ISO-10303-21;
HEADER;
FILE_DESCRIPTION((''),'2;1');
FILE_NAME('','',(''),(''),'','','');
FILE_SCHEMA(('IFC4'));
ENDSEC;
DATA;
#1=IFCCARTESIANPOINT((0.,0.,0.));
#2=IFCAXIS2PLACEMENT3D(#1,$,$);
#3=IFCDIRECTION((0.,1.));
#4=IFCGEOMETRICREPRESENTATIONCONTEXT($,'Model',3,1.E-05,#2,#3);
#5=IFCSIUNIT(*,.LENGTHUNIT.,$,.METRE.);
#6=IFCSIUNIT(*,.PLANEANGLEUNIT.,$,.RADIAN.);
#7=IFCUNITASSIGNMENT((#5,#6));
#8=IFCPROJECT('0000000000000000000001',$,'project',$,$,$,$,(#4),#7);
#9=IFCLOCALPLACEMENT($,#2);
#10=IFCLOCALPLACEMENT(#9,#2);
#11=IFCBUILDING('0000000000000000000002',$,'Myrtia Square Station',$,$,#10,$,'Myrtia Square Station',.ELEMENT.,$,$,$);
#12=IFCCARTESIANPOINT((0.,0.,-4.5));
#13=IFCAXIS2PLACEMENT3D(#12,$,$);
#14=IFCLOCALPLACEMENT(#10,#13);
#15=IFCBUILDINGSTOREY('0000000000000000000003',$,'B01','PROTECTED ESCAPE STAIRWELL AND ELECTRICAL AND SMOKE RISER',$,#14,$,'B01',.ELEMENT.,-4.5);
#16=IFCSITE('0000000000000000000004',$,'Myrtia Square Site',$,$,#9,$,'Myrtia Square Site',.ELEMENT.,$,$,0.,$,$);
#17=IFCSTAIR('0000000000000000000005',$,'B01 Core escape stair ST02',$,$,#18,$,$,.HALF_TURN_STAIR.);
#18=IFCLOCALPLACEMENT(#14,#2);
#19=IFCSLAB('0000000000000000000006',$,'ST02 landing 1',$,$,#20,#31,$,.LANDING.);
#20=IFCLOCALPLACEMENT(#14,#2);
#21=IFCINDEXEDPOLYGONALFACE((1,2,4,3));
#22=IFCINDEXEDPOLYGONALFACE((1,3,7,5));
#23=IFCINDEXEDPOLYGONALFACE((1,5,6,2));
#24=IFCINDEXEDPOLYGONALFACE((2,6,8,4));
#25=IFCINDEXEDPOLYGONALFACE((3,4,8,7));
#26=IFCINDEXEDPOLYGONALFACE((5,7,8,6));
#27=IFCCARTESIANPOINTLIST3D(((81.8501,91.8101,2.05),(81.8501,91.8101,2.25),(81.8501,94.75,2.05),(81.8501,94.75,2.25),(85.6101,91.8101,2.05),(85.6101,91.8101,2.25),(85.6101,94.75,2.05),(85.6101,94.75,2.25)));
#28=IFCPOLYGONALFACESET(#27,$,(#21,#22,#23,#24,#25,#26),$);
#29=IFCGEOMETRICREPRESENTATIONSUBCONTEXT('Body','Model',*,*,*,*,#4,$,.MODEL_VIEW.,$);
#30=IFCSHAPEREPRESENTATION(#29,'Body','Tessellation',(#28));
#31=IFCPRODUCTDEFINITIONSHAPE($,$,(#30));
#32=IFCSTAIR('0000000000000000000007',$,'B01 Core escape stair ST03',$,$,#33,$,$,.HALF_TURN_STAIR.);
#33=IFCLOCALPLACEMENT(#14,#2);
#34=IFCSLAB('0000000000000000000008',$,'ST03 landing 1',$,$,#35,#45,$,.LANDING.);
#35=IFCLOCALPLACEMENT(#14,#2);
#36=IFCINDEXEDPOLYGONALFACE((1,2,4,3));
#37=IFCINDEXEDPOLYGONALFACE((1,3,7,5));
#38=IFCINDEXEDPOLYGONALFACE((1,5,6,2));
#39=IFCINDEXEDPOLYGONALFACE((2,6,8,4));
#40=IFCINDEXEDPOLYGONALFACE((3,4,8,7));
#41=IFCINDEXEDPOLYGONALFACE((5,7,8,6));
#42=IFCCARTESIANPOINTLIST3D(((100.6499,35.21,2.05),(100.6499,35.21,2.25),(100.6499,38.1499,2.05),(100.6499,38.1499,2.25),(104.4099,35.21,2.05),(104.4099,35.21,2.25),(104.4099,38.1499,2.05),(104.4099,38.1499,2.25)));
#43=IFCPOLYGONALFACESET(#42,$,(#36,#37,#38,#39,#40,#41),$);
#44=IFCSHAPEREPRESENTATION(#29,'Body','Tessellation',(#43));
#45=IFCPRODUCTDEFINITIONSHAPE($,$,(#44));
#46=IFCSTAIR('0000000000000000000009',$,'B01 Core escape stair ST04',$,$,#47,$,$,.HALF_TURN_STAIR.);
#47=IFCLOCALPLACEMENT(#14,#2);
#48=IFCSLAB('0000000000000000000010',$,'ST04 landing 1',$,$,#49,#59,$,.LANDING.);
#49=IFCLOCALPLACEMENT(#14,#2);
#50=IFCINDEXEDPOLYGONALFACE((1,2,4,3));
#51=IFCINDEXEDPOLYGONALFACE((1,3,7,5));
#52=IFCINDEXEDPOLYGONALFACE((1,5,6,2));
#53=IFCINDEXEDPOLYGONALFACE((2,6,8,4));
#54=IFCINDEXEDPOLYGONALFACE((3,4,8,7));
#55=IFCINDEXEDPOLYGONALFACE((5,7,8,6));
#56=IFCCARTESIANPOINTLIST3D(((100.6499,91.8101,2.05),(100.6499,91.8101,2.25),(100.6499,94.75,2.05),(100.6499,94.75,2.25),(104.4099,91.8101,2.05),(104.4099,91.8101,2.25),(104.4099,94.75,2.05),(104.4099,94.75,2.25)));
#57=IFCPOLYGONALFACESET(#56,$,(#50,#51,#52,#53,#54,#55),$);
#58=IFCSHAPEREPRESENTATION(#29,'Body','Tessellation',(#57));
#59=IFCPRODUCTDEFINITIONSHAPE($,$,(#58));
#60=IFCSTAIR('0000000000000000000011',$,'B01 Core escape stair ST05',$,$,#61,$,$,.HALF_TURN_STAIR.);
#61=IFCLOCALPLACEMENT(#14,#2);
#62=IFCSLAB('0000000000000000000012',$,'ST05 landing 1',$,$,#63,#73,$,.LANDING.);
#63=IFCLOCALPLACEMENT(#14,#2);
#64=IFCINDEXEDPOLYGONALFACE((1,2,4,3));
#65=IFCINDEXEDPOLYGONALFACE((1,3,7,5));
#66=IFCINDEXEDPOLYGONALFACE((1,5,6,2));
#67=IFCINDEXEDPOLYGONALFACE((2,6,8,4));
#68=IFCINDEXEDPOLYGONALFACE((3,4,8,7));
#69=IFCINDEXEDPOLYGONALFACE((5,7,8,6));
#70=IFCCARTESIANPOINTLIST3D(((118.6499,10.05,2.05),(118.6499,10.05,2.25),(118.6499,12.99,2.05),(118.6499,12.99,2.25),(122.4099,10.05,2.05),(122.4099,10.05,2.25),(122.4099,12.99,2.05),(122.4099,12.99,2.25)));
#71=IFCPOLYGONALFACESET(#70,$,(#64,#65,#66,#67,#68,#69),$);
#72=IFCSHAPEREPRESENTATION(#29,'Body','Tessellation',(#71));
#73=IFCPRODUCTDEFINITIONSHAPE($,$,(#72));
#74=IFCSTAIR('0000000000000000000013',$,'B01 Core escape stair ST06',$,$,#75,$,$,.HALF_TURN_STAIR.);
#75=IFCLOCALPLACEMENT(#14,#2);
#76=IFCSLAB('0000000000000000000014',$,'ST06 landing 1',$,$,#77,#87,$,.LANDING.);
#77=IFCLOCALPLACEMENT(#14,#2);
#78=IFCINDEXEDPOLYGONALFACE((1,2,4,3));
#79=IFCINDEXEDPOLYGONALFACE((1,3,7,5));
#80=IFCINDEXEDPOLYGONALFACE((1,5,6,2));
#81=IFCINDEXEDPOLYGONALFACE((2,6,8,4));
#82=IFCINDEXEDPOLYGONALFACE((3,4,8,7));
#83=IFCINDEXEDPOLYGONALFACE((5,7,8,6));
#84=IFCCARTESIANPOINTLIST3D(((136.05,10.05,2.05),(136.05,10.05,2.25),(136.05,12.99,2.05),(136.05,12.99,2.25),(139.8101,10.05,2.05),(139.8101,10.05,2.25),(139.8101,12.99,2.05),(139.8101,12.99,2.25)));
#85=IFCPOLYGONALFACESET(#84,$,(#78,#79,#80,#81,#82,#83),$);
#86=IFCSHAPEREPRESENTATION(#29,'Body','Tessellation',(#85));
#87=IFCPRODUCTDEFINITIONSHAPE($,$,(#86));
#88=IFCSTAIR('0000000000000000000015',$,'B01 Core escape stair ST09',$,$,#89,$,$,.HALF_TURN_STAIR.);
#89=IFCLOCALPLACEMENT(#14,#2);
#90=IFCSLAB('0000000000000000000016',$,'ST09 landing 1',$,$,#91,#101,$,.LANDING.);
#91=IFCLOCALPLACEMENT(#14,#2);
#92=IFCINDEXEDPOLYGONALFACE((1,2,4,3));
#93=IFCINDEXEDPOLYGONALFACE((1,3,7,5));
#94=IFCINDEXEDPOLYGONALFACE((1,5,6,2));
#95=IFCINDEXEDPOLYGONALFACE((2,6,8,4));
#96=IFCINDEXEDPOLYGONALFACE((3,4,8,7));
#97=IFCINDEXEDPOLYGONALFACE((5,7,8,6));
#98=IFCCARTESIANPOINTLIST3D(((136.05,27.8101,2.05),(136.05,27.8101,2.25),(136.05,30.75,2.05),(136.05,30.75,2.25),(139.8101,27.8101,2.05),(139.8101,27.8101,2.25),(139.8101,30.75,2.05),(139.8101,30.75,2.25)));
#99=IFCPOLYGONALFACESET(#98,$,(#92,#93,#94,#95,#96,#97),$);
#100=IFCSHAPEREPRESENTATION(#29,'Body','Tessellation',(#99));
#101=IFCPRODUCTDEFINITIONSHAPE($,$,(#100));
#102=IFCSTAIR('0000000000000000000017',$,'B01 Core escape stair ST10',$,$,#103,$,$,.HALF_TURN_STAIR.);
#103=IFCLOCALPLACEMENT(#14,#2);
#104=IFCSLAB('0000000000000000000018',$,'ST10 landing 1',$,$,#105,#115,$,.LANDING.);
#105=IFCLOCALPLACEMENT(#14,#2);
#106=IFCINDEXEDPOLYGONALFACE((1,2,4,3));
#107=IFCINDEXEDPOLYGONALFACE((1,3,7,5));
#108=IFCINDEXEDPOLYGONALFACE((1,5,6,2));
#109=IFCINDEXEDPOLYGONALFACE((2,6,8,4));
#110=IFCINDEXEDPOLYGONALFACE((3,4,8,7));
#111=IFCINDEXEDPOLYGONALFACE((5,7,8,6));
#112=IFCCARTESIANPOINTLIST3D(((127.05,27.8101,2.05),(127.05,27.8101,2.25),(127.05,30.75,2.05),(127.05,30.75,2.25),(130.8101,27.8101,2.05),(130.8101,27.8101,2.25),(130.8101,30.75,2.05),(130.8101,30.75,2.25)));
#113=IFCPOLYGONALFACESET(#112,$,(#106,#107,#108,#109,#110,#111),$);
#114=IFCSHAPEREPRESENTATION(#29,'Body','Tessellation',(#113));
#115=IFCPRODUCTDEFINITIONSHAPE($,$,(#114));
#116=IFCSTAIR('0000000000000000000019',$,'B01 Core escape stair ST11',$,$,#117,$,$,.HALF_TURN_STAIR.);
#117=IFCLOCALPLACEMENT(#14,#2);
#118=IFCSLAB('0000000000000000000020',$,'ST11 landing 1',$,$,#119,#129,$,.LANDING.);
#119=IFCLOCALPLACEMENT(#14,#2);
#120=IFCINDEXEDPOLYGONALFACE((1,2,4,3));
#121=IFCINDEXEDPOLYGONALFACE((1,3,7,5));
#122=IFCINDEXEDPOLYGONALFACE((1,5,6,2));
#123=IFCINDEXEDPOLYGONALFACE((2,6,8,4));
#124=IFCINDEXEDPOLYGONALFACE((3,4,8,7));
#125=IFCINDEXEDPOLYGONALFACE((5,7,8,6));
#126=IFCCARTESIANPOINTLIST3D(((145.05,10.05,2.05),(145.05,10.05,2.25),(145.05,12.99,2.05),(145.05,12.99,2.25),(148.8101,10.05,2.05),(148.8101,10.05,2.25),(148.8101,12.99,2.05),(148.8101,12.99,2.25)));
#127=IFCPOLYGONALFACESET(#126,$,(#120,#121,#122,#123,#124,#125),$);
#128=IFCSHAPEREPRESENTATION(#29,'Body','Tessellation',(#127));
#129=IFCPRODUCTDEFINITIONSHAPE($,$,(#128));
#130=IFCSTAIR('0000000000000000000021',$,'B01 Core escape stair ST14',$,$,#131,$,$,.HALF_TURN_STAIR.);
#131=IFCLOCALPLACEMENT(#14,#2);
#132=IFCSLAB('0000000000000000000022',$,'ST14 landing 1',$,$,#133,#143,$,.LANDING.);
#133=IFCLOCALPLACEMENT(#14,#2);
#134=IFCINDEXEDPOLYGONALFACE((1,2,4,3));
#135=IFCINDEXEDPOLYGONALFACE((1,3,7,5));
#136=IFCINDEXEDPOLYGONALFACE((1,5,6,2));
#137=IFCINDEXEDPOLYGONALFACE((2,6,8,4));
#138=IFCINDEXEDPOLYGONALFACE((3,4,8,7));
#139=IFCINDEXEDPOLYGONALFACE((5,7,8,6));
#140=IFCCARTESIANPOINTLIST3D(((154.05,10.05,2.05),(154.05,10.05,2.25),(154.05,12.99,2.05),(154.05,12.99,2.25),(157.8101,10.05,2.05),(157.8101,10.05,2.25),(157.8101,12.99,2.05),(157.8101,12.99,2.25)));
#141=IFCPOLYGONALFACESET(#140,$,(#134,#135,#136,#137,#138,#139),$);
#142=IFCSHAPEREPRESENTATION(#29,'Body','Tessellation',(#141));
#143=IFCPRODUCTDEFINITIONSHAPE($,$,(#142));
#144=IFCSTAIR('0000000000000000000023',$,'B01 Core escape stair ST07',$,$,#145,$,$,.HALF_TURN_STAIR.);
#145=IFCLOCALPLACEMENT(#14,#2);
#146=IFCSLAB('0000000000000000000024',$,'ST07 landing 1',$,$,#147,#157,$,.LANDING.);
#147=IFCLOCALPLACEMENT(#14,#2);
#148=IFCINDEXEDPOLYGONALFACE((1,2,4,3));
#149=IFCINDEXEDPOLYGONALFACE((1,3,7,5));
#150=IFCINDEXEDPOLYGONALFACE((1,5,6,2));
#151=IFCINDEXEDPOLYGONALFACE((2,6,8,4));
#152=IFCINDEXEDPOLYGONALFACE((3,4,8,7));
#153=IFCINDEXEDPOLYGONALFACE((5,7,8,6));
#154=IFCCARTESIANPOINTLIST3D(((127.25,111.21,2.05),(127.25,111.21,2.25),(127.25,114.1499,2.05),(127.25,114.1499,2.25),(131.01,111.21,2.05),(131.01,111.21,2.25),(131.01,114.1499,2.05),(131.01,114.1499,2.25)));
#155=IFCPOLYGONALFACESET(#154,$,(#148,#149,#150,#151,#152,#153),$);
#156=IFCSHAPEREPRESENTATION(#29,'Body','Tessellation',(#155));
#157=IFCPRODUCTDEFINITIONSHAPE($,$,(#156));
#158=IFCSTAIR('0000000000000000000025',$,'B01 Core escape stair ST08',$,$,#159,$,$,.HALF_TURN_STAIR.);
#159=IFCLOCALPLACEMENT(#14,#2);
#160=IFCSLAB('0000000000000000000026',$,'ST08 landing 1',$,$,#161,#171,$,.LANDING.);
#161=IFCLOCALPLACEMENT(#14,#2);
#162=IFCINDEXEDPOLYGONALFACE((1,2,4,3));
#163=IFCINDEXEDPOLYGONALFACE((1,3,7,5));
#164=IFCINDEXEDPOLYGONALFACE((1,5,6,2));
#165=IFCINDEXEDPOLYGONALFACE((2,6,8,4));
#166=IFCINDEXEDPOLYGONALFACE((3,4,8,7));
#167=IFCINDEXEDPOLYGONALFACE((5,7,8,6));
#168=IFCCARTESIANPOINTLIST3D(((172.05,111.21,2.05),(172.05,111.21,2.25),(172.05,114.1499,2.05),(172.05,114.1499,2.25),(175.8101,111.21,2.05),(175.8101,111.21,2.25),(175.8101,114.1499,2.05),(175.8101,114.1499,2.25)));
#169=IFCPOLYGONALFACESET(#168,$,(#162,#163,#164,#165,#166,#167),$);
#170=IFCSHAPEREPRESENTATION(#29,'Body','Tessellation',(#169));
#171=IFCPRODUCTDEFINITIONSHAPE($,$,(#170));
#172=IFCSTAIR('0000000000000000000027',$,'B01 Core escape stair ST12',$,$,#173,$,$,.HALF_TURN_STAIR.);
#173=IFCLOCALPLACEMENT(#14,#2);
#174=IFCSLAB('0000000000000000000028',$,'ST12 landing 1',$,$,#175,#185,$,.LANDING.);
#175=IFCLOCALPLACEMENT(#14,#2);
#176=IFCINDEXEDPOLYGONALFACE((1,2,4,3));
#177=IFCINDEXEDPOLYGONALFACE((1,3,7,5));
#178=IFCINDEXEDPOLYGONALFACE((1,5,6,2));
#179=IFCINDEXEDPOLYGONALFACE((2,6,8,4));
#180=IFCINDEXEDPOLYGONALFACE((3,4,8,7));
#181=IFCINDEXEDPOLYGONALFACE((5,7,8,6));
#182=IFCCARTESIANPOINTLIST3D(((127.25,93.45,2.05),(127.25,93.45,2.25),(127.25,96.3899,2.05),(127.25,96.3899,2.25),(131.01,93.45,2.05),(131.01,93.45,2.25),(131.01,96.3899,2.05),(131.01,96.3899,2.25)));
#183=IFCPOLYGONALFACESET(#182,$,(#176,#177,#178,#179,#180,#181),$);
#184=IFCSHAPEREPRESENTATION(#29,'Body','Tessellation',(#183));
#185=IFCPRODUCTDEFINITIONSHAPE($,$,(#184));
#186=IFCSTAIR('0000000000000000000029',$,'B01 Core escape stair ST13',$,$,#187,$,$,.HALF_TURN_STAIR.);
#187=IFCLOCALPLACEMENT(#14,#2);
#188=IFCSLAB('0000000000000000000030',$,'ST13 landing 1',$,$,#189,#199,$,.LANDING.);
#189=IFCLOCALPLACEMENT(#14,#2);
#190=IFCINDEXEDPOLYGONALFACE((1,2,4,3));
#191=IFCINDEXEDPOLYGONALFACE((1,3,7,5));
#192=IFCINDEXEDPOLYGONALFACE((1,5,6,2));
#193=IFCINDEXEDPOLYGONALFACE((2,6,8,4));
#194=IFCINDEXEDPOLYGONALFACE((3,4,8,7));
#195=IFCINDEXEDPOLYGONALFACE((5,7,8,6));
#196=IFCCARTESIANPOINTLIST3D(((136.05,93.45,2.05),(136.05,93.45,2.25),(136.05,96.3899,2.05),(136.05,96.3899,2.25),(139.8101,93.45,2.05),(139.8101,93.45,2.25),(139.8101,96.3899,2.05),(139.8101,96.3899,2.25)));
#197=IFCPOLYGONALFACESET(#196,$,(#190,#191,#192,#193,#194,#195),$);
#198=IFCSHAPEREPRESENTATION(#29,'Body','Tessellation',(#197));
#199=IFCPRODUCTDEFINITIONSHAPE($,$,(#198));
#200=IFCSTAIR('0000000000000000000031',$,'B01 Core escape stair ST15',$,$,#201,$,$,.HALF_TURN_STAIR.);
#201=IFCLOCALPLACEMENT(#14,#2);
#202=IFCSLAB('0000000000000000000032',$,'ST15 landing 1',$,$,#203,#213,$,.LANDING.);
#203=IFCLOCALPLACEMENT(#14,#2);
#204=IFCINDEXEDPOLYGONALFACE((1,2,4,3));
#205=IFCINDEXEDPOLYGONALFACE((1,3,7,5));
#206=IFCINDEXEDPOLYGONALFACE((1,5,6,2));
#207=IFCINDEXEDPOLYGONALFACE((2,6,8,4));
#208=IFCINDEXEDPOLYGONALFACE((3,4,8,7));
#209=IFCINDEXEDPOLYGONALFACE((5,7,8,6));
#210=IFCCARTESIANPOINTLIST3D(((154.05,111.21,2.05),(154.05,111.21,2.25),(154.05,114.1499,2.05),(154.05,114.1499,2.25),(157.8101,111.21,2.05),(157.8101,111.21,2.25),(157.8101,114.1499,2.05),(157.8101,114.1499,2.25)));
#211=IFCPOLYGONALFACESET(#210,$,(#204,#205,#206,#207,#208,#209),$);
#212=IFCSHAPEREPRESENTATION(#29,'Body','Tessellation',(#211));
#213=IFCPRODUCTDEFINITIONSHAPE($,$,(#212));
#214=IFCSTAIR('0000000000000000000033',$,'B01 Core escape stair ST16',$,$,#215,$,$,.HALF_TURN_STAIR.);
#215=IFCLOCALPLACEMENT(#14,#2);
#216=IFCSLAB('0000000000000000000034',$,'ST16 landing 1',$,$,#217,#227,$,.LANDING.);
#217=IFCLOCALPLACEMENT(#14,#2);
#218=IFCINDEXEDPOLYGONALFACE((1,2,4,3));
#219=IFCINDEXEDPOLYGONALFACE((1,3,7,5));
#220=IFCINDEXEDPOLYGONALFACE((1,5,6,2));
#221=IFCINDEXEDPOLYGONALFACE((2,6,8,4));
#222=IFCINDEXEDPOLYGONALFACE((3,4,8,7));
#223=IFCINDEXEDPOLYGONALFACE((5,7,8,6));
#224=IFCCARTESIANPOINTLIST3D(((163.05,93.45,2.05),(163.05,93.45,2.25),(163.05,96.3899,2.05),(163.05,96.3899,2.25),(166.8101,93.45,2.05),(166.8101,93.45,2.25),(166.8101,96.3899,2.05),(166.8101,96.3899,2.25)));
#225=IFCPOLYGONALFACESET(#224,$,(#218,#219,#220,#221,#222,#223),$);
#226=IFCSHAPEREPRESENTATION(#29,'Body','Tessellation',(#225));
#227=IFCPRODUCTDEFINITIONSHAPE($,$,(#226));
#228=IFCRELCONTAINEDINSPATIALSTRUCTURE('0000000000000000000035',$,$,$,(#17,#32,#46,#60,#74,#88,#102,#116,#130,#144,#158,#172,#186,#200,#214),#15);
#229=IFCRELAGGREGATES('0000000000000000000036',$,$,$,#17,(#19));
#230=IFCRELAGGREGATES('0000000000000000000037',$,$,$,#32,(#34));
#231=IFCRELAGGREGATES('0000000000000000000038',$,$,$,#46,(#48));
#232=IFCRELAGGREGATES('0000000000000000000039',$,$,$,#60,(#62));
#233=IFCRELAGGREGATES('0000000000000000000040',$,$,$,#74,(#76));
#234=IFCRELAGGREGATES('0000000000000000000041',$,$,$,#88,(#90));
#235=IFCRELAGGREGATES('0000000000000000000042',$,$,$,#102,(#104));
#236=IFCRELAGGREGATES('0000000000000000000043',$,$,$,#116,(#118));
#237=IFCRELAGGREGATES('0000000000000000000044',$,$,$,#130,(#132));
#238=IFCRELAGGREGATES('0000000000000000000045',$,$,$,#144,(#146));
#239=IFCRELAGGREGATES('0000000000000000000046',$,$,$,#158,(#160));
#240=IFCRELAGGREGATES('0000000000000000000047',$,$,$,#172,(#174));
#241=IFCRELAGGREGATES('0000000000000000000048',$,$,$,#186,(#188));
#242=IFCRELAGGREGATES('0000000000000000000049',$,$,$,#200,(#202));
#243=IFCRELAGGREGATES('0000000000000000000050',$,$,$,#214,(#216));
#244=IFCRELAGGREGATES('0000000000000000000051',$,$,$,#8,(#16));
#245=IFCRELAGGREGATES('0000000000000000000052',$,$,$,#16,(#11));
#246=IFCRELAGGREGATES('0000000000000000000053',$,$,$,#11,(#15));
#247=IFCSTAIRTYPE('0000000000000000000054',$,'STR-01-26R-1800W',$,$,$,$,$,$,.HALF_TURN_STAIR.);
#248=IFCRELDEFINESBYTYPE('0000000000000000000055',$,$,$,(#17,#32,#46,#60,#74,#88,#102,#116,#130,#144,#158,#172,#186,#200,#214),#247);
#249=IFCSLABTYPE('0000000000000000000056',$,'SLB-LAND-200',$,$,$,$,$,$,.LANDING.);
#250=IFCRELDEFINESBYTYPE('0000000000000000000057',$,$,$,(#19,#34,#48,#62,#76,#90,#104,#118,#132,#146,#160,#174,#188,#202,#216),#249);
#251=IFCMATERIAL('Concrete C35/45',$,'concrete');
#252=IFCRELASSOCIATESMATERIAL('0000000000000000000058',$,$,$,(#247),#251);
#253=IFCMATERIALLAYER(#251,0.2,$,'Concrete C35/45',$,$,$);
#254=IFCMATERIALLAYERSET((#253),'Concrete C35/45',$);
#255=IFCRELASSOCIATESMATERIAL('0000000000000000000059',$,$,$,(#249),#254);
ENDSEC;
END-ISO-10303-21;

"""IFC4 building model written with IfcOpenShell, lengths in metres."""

from ifc_helpers import new_model, si_unit, direction, frame, origin, place, context, subcontext, project, spatial, polyline, outline, extrude, material, layer, layer_set, type_object, element, aggregate, save


model = new_model("IFC4")

# Units and contexts
model_context = context("Model", 3, precision=1e-05, world=origin(), true_north=direction((0.0, 1.0)))
body_context = subcontext(model_context, "Body", "Model", "MODEL_VIEW")
ifc_project = project(units=[si_unit("LENGTHUNIT", "METRE"), si_unit("PLANEANGLEUNIT", "RADIAN")], contexts=[model_context])

# Site, building, storey
site_placement = place(None, origin())
site = spatial("IfcSite", under=ifc_project, at=site_placement, Name="Myrtia Square Site", LongName="Myrtia Square Site", CompositionType="ELEMENT", RefElevation=0.0)
building_placement = place(site_placement, origin())
building = spatial("IfcBuilding", under=site, at=building_placement, Name="Myrtia Square Station", LongName="Myrtia Square Station", CompositionType="ELEMENT")
storey_placement = place(building_placement, frame((0.0, 0.0, -4.5)))
storey = spatial("IfcBuildingStorey", under=building, at=storey_placement, Name="B01", Description="PROTECTED ESCAPE STAIRWELL AND ELECTRICAL AND SMOKE RISER", LongName="B01", CompositionType="ELEMENT", Elevation=-4.5)

# Shared definitions
ifc_material_1 = material(Name="Concrete C35/45", Category="concrete")

# Stairs, slabs
stair_type = type_object("IfcStairType", Name="STR-01-26R-1800W", PredefinedType="HALF_TURN_STAIR", material=ifc_material_1)
ifc_layer_1 = layer(ifc_material_1, 0.2, Name="Concrete C35/45")
ifc_layer_set_1 = layer_set([ifc_layer_1], Name="Concrete C35/45")
slab_type_1 = type_object("IfcSlabType", Name="SLB-LAND-200", PredefinedType="LANDING", material=ifc_layer_set_1)
stair_1_placement = place(storey_placement, origin())
stair_1 = element("IfcStair", 1, at=stair_1_placement, inside=storey, type_object=stair_type, Name="B01 Core escape stair ST02", PredefinedType="HALF_TURN_STAIR")
slab_1_placement = place(storey_placement, frame((0.0, 0.0, 2.05)))
slab_1 = element("IfcSlab", 2, at=slab_1_placement, type_object=slab_type_1, Name="ST02 landing 1", PredefinedType="LANDING", context=body_context, shape_type="SweptSolid", body=[
    extrude(outline(polyline([(85.6101, 91.8101), (85.6101, 94.75), (81.8501, 94.75), (81.8501, 91.8101), (85.6101, 91.8101)])), origin(), (0.0, 0.0, 1.0), 0.2),
])
aggregate(stair_1, [slab_1])
stair_2_placement = place(storey_placement, origin())
stair_2 = element("IfcStair", 3, at=stair_2_placement, inside=storey, type_object=stair_type, Name="B01 Core escape stair ST03", PredefinedType="HALF_TURN_STAIR")
slab_2_placement = place(storey_placement, frame((0.0, 0.0, 2.05)))
slab_2 = element("IfcSlab", 4, at=slab_2_placement, type_object=slab_type_1, Name="ST03 landing 1", PredefinedType="LANDING", context=body_context, shape_type="SweptSolid", body=[
    extrude(outline(polyline([(104.4099, 35.21), (104.4099, 38.1499), (100.6499, 38.1499), (100.6499, 35.21), (104.4099, 35.21)])), origin(), (0.0, 0.0, 1.0), 0.2),
])
aggregate(stair_2, [slab_2])
stair_3_placement = place(storey_placement, origin())
stair_3 = element("IfcStair", 5, at=stair_3_placement, inside=storey, type_object=stair_type, Name="B01 Core escape stair ST04", PredefinedType="HALF_TURN_STAIR")
slab_3_placement = place(storey_placement, frame((0.0, 0.0, 2.05)))
slab_3 = element("IfcSlab", 6, at=slab_3_placement, type_object=slab_type_1, Name="ST04 landing 1", PredefinedType="LANDING", context=body_context, shape_type="SweptSolid", body=[
    extrude(outline(polyline([(104.4099, 91.8101), (104.4099, 94.75), (100.6499, 94.75), (100.6499, 91.8101), (104.4099, 91.8101)])), origin(), (0.0, 0.0, 1.0), 0.2),
])
aggregate(stair_3, [slab_3])
stair_4_placement = place(storey_placement, origin())
stair_4 = element("IfcStair", 7, at=stair_4_placement, inside=storey, type_object=stair_type, Name="B01 Core escape stair ST05", PredefinedType="HALF_TURN_STAIR")
slab_4_placement = place(storey_placement, frame((0.0, 0.0, 2.05)))
slab_4 = element("IfcSlab", 8, at=slab_4_placement, type_object=slab_type_1, Name="ST05 landing 1", PredefinedType="LANDING", context=body_context, shape_type="SweptSolid", body=[
    extrude(outline(polyline([(118.6499, 12.99), (118.6499, 10.05), (122.4099, 10.05), (122.4099, 12.99), (118.6499, 12.99)])), origin(), (0.0, 0.0, 1.0), 0.2),
])
aggregate(stair_4, [slab_4])
stair_5_placement = place(storey_placement, origin())
stair_5 = element("IfcStair", 9, at=stair_5_placement, inside=storey, type_object=stair_type, Name="B01 Core escape stair ST06", PredefinedType="HALF_TURN_STAIR")
slab_5_placement = place(storey_placement, frame((0.0, 0.0, 2.05)))
slab_5 = element("IfcSlab", 10, at=slab_5_placement, type_object=slab_type_1, Name="ST06 landing 1", PredefinedType="LANDING", context=body_context, shape_type="SweptSolid", body=[
    extrude(outline(polyline([(136.05, 12.99), (136.05, 10.05), (139.8101, 10.05), (139.8101, 12.99), (136.05, 12.99)])), origin(), (0.0, 0.0, 1.0), 0.2),
])
aggregate(stair_5, [slab_5])
stair_6_placement = place(storey_placement, origin())
stair_6 = element("IfcStair", 11, at=stair_6_placement, inside=storey, type_object=stair_type, Name="B01 Core escape stair ST09", PredefinedType="HALF_TURN_STAIR")
slab_6_placement = place(storey_placement, frame((0.0, 0.0, 2.05)))
slab_6 = element("IfcSlab", 12, at=slab_6_placement, type_object=slab_type_1, Name="ST09 landing 1", PredefinedType="LANDING", context=body_context, shape_type="SweptSolid", body=[
    extrude(outline(polyline([(139.8101, 27.8101), (139.8101, 30.75), (136.05, 30.75), (136.05, 27.8101), (139.8101, 27.8101)])), origin(), (0.0, 0.0, 1.0), 0.2),
])
aggregate(stair_6, [slab_6])
stair_7_placement = place(storey_placement, origin())
stair_7 = element("IfcStair", 13, at=stair_7_placement, inside=storey, type_object=stair_type, Name="B01 Core escape stair ST10", PredefinedType="HALF_TURN_STAIR")
slab_7_placement = place(storey_placement, frame((0.0, 0.0, 2.05)))
slab_7 = element("IfcSlab", 14, at=slab_7_placement, type_object=slab_type_1, Name="ST10 landing 1", PredefinedType="LANDING", context=body_context, shape_type="SweptSolid", body=[
    extrude(outline(polyline([(130.8101, 27.8101), (130.8101, 30.75), (127.05, 30.75), (127.05, 27.8101), (130.8101, 27.8101)])), origin(), (0.0, 0.0, 1.0), 0.2),
])
aggregate(stair_7, [slab_7])
stair_8_placement = place(storey_placement, origin())
stair_8 = element("IfcStair", 15, at=stair_8_placement, inside=storey, type_object=stair_type, Name="B01 Core escape stair ST11", PredefinedType="HALF_TURN_STAIR")
slab_8_placement = place(storey_placement, frame((0.0, 0.0, 2.05)))
slab_8 = element("IfcSlab", 16, at=slab_8_placement, type_object=slab_type_1, Name="ST11 landing 1", PredefinedType="LANDING", context=body_context, shape_type="SweptSolid", body=[
    extrude(outline(polyline([(145.05, 12.99), (145.05, 10.05), (148.8101, 10.05), (148.8101, 12.99), (145.05, 12.99)])), origin(), (0.0, 0.0, 1.0), 0.2),
])
aggregate(stair_8, [slab_8])
stair_9_placement = place(storey_placement, origin())
stair_9 = element("IfcStair", 17, at=stair_9_placement, inside=storey, type_object=stair_type, Name="B01 Core escape stair ST14", PredefinedType="HALF_TURN_STAIR")
slab_9_placement = place(storey_placement, frame((0.0, 0.0, 2.05)))
slab_9 = element("IfcSlab", 18, at=slab_9_placement, type_object=slab_type_1, Name="ST14 landing 1", PredefinedType="LANDING", context=body_context, shape_type="SweptSolid", body=[
    extrude(outline(polyline([(154.05, 12.99), (154.05, 10.05), (157.8101, 10.05), (157.8101, 12.99), (154.05, 12.99)])), origin(), (0.0, 0.0, 1.0), 0.2),
])
aggregate(stair_9, [slab_9])
stair_10_placement = place(storey_placement, origin())
stair_10 = element("IfcStair", 19, at=stair_10_placement, inside=storey, type_object=stair_type, Name="B01 Core escape stair ST07", PredefinedType="HALF_TURN_STAIR")
slab_10_placement = place(storey_placement, frame((0.0, 0.0, 2.05)))
slab_10 = element("IfcSlab", 20, at=slab_10_placement, type_object=slab_type_1, Name="ST07 landing 1", PredefinedType="LANDING", context=body_context, shape_type="SweptSolid", body=[
    extrude(outline(polyline([(131.01, 111.21), (131.01, 114.1499), (127.25, 114.1499), (127.25, 111.21), (131.01, 111.21)])), origin(), (0.0, 0.0, 1.0), 0.2),
])
aggregate(stair_10, [slab_10])
stair_11_placement = place(storey_placement, origin())
stair_11 = element("IfcStair", 21, at=stair_11_placement, inside=storey, type_object=stair_type, Name="B01 Core escape stair ST08", PredefinedType="HALF_TURN_STAIR")
slab_11_placement = place(storey_placement, frame((0.0, 0.0, 2.05)))
slab_11 = element("IfcSlab", 22, at=slab_11_placement, type_object=slab_type_1, Name="ST08 landing 1", PredefinedType="LANDING", context=body_context, shape_type="SweptSolid", body=[
    extrude(outline(polyline([(175.8101, 111.21), (175.8101, 114.1499), (172.05, 114.1499), (172.05, 111.21), (175.8101, 111.21)])), origin(), (0.0, 0.0, 1.0), 0.2),
])
aggregate(stair_11, [slab_11])
stair_12_placement = place(storey_placement, origin())
stair_12 = element("IfcStair", 23, at=stair_12_placement, inside=storey, type_object=stair_type, Name="B01 Core escape stair ST12", PredefinedType="HALF_TURN_STAIR")
slab_12_placement = place(storey_placement, frame((0.0, 0.0, 2.05)))
slab_12 = element("IfcSlab", 24, at=slab_12_placement, type_object=slab_type_1, Name="ST12 landing 1", PredefinedType="LANDING", context=body_context, shape_type="SweptSolid", body=[
    extrude(outline(polyline([(127.25, 96.3899), (127.25, 93.45), (131.01, 93.45), (131.01, 96.3899), (127.25, 96.3899)])), origin(), (0.0, 0.0, 1.0), 0.2),
])
aggregate(stair_12, [slab_12])
stair_13_placement = place(storey_placement, origin())
stair_13 = element("IfcStair", 25, at=stair_13_placement, inside=storey, type_object=stair_type, Name="B01 Core escape stair ST13", PredefinedType="HALF_TURN_STAIR")
slab_13_placement = place(storey_placement, frame((0.0, 0.0, 2.05)))
slab_13 = element("IfcSlab", 26, at=slab_13_placement, type_object=slab_type_1, Name="ST13 landing 1", PredefinedType="LANDING", context=body_context, shape_type="SweptSolid", body=[
    extrude(outline(polyline([(136.05, 96.3899), (136.05, 93.45), (139.8101, 93.45), (139.8101, 96.3899), (136.05, 96.3899)])), origin(), (0.0, 0.0, 1.0), 0.2),
])
aggregate(stair_13, [slab_13])
stair_14_placement = place(storey_placement, origin())
stair_14 = element("IfcStair", 27, at=stair_14_placement, inside=storey, type_object=stair_type, Name="B01 Core escape stair ST15", PredefinedType="HALF_TURN_STAIR")
slab_14_placement = place(storey_placement, frame((0.0, 0.0, 2.05)))
slab_14 = element("IfcSlab", 28, at=slab_14_placement, type_object=slab_type_1, Name="ST15 landing 1", PredefinedType="LANDING", context=body_context, shape_type="SweptSolid", body=[
    extrude(outline(polyline([(157.8101, 111.21), (157.8101, 114.1499), (154.05, 114.1499), (154.05, 111.21), (157.8101, 111.21)])), origin(), (0.0, 0.0, 1.0), 0.2),
])
aggregate(stair_14, [slab_14])
stair_15_placement = place(storey_placement, origin())
stair_15 = element("IfcStair", 29, at=stair_15_placement, inside=storey, type_object=stair_type, Name="B01 Core escape stair ST16", PredefinedType="HALF_TURN_STAIR")
slab_15_placement = place(storey_placement, frame((0.0, 0.0, 2.05)))
slab_15 = element("IfcSlab", 30, at=slab_15_placement, type_object=slab_type_1, Name="ST16 landing 1", PredefinedType="LANDING", context=body_context, shape_type="SweptSolid", body=[
    extrude(outline(polyline([(163.05, 96.3899), (163.05, 93.45), (166.8101, 93.45), (166.8101, 96.3899), (163.05, 96.3899)])), origin(), (0.0, 0.0, 1.0), 0.2),
])
aggregate(stair_15, [slab_15])

save(model, "model.ifc")
